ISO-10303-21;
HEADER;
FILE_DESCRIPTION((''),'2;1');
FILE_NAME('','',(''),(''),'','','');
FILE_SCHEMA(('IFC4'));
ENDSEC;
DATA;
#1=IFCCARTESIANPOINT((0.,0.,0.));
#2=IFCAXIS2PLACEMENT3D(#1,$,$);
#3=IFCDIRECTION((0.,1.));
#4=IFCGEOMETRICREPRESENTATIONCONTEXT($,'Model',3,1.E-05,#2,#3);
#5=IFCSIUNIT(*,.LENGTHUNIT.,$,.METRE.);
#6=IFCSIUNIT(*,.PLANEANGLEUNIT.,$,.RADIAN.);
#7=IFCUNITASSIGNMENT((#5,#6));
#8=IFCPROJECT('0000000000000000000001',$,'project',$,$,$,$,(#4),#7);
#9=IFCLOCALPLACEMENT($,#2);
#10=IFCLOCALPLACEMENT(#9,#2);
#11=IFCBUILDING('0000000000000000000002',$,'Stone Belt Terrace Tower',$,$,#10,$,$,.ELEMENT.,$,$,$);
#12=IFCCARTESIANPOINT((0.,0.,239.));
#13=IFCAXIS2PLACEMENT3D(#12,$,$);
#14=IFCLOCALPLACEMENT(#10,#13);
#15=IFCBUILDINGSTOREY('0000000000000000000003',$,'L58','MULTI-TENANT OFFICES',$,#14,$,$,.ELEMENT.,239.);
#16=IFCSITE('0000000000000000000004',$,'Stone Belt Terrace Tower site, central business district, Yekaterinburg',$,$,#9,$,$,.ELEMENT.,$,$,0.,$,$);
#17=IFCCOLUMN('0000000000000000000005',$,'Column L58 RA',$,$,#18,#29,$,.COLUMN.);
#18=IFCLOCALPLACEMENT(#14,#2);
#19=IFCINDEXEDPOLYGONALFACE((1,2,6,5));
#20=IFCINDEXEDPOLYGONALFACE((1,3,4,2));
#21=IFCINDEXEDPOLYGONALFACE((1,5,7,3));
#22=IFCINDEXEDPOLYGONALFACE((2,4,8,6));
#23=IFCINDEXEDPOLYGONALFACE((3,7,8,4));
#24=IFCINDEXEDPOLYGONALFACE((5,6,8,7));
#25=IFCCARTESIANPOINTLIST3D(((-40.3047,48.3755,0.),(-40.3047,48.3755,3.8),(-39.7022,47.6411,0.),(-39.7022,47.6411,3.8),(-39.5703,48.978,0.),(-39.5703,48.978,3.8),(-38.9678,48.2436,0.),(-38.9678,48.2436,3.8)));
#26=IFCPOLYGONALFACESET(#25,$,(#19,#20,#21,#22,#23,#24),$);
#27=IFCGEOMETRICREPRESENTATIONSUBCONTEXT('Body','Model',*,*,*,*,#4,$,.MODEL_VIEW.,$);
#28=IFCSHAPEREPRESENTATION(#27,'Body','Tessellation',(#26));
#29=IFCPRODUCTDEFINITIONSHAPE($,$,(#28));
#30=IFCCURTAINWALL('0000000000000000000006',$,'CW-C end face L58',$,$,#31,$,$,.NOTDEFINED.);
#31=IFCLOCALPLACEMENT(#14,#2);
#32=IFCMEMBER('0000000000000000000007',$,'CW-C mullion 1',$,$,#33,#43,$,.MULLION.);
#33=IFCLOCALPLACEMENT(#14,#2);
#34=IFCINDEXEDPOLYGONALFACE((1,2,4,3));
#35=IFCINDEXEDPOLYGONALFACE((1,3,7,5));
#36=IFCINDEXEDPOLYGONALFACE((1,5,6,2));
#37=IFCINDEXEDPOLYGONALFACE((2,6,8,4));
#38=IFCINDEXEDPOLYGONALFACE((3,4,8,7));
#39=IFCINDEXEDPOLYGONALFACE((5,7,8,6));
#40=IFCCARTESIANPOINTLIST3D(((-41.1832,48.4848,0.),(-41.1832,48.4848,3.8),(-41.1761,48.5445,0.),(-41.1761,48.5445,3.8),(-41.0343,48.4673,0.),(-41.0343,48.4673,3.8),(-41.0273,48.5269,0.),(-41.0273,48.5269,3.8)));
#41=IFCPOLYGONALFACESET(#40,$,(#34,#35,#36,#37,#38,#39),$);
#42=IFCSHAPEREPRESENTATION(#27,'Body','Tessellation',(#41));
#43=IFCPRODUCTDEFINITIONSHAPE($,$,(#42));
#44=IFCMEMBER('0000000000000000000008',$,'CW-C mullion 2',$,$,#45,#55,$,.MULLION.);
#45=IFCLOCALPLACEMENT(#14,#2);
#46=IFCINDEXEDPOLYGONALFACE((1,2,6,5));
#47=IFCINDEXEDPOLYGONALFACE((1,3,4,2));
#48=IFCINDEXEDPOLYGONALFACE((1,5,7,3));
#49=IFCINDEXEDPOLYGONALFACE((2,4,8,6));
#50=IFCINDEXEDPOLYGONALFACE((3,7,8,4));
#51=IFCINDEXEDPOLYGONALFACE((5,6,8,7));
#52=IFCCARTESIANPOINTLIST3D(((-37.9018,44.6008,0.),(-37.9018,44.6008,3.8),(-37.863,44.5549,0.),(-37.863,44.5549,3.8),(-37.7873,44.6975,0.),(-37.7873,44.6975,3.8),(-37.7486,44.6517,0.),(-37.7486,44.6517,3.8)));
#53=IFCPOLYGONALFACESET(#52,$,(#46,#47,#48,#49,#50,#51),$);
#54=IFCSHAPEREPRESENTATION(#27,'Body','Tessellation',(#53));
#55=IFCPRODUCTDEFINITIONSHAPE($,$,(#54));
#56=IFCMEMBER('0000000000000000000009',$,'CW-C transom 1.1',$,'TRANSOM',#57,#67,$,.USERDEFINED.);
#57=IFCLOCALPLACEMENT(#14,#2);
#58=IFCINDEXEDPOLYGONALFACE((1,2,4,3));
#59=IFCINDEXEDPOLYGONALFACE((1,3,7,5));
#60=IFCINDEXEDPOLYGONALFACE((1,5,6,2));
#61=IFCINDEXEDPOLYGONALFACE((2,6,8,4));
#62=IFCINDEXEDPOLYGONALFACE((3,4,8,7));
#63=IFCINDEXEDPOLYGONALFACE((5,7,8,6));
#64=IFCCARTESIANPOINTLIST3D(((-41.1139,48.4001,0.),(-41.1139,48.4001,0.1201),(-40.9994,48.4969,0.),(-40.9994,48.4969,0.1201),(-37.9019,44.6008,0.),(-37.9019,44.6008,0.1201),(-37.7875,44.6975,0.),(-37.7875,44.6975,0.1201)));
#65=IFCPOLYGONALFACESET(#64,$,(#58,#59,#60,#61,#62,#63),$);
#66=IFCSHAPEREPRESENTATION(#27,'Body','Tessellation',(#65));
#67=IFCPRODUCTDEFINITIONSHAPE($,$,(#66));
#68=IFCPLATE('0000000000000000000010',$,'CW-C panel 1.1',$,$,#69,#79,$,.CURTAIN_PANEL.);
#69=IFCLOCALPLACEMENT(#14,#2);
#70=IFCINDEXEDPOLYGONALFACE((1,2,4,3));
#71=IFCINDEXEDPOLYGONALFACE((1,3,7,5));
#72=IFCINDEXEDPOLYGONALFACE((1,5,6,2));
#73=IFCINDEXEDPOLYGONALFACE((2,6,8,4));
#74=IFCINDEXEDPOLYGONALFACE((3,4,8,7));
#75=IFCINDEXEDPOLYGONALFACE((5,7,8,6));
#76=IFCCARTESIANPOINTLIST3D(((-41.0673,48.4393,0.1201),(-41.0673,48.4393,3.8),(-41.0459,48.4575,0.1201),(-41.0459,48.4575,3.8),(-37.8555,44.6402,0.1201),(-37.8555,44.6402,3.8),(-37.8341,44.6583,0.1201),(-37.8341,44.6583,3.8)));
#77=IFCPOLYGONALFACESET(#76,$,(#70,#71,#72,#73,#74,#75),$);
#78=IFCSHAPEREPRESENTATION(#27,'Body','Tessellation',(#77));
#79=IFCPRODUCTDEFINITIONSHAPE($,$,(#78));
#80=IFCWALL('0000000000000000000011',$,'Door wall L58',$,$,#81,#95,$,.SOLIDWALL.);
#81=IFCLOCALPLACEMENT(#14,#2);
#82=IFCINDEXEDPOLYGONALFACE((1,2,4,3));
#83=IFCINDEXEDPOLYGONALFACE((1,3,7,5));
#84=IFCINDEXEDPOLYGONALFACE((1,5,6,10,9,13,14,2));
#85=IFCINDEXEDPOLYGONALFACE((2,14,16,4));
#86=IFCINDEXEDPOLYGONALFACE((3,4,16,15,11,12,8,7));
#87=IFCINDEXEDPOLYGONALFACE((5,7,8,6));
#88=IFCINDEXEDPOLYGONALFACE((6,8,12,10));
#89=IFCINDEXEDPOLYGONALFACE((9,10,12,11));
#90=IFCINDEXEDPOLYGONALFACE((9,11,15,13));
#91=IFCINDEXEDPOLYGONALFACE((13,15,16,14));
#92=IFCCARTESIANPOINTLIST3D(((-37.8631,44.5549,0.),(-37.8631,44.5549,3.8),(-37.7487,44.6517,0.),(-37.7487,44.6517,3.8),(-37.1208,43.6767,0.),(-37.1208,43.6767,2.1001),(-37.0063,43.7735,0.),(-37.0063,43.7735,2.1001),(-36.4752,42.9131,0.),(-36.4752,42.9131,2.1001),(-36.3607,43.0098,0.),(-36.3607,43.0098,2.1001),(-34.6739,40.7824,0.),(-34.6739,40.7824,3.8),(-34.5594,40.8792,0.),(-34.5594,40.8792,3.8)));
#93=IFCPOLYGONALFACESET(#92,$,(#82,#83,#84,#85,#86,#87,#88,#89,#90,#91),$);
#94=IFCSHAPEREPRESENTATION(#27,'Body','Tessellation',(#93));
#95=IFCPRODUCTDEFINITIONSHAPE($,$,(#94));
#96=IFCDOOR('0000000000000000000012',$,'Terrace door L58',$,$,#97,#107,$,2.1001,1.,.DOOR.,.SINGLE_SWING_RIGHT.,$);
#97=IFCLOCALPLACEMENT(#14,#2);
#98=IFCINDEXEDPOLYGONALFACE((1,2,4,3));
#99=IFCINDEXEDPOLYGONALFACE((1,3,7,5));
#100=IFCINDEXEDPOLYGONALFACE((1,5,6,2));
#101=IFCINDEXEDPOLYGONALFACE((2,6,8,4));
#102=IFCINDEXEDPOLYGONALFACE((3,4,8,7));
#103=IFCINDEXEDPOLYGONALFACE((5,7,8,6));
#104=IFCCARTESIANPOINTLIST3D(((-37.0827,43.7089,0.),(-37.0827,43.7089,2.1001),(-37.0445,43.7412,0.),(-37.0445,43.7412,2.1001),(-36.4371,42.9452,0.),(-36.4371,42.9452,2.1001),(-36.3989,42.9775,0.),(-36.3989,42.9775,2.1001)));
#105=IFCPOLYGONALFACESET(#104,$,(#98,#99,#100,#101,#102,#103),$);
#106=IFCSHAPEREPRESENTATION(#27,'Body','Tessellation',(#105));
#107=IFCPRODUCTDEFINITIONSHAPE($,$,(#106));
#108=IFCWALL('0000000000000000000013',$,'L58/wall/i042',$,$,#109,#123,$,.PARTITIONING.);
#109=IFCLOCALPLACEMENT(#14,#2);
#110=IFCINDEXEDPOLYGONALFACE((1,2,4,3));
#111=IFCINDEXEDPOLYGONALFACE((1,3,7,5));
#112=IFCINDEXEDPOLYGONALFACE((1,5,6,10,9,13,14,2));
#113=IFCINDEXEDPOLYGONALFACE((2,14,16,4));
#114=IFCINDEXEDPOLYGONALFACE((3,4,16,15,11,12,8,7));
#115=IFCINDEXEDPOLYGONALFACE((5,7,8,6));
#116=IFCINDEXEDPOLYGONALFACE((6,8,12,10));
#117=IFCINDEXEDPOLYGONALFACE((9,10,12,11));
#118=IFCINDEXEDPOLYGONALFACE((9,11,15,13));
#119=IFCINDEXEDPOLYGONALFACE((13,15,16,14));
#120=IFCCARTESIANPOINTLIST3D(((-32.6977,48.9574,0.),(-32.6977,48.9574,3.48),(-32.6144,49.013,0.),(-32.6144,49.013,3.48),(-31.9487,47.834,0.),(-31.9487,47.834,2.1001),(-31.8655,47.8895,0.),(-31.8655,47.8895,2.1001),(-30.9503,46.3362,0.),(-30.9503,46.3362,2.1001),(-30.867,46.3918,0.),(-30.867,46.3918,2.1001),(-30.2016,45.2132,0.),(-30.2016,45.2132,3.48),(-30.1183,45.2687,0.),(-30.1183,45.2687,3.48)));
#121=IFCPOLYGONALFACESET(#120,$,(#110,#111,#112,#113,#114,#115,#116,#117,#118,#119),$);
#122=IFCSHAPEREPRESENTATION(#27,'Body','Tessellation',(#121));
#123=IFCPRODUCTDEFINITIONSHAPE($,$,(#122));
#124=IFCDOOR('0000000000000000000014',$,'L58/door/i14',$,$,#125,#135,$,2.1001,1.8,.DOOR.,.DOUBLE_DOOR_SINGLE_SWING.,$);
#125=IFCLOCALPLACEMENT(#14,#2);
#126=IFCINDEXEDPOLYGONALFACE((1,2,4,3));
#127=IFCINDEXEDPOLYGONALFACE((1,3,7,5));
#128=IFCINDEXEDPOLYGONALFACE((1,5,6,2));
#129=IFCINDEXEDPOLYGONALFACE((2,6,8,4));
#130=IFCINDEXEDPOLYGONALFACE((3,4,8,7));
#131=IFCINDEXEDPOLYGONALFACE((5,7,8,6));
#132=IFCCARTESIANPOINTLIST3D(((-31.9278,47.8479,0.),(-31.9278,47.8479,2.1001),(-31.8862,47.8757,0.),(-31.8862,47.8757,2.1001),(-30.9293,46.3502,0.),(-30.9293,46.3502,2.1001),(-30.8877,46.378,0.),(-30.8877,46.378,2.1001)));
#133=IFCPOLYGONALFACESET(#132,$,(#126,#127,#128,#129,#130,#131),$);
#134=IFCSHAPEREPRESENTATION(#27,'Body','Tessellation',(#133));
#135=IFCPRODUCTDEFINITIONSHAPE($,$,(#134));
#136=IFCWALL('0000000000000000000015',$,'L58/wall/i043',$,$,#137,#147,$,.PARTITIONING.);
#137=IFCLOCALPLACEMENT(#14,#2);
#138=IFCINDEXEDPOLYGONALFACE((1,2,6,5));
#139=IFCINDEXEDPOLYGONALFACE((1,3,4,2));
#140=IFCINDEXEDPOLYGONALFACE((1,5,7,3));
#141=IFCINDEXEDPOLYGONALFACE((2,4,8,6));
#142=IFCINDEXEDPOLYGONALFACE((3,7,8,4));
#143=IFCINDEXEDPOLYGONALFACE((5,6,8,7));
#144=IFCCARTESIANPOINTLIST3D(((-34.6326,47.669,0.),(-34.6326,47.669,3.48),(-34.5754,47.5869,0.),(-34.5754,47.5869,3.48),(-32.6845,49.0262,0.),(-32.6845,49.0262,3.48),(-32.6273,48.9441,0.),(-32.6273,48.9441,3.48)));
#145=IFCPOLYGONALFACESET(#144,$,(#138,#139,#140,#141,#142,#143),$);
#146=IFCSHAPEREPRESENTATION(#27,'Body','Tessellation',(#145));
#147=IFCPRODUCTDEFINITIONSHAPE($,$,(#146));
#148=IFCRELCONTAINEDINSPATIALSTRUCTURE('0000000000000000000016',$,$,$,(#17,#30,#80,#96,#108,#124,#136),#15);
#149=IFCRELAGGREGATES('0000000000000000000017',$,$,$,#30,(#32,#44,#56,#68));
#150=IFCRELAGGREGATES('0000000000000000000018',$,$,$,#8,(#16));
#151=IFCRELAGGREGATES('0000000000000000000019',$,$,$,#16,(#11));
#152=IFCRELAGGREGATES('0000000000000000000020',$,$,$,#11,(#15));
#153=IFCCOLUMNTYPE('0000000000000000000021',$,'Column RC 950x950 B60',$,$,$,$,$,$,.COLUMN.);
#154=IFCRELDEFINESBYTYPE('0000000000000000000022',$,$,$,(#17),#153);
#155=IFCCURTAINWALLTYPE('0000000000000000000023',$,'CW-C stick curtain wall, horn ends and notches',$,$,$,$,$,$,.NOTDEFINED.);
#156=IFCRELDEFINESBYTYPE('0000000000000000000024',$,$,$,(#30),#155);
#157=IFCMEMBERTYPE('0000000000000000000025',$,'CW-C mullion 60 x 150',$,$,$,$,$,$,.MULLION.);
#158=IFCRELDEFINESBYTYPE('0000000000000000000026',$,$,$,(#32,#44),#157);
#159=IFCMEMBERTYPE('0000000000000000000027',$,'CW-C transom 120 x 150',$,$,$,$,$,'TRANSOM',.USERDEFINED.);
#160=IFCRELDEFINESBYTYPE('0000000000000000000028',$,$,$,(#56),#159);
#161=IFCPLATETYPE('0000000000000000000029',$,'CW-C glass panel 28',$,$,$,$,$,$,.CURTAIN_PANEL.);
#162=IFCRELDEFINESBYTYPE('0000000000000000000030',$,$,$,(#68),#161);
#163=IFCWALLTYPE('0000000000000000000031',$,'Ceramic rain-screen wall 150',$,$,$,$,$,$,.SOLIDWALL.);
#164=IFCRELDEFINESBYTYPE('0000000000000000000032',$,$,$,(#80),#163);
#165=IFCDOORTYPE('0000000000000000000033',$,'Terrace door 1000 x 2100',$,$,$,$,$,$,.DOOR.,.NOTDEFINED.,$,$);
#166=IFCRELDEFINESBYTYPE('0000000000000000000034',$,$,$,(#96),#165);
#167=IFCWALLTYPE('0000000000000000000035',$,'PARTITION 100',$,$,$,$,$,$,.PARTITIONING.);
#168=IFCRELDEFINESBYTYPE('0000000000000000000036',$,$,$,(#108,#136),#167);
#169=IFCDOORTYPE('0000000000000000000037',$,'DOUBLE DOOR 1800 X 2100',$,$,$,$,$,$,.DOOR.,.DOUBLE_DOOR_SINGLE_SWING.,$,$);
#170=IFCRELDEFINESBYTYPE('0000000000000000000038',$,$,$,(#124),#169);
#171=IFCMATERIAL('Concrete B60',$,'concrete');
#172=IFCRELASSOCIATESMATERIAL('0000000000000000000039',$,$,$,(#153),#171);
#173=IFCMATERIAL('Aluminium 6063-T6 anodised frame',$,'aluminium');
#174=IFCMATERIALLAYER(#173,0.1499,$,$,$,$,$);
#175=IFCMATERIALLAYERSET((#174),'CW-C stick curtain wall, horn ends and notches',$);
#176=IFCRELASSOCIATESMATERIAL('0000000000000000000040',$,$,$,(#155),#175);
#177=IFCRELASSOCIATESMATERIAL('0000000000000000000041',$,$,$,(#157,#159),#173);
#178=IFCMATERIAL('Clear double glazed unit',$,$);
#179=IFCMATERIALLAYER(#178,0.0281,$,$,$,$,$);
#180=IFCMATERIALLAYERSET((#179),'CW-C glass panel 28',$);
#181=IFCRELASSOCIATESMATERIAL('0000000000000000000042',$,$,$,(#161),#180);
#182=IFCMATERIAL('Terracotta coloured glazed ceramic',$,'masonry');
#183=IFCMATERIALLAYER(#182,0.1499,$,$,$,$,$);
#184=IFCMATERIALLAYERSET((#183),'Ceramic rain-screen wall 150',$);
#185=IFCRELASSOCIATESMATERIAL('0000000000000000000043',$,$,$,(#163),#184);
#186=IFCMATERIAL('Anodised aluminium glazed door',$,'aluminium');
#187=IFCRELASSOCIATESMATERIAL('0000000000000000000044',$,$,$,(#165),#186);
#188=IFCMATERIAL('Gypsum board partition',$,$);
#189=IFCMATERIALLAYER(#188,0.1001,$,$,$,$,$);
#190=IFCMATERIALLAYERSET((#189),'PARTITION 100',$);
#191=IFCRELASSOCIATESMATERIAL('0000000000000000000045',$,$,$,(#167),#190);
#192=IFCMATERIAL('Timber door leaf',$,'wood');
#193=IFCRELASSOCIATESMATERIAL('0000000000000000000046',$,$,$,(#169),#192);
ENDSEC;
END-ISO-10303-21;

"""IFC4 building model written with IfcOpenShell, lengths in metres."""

from ifc_helpers import new_model, si_unit, direction, frame, frame_2d, origin, origin_2d, place, context, subcontext, project, spatial, rectangle, extrude, material, layer, layer_set, material_profile, profile_set, type_object, element, fill, aggregate, save


model = new_model("IFC4")

# Units and contexts
model_context = context("Model", 3, precision=1e-05, world=origin(), true_north=direction((0.0, 1.0)))
body_context = subcontext(model_context, "Body", "Model", "MODEL_VIEW")
ifc_project = project(units=[si_unit("LENGTHUNIT", "METRE"), si_unit("PLANEANGLEUNIT", "RADIAN")], contexts=[model_context])

# Site, building, storey
site_placement = place(None, origin())
site = spatial("IfcSite", under=ifc_project, at=site_placement, Name="Stone Belt Terrace Tower site, central business district, Yekaterinburg", CompositionType="ELEMENT", RefElevation=0.0)
building_placement = place(site_placement, origin())
building = spatial("IfcBuilding", under=site, at=building_placement, Name="Stone Belt Terrace Tower", CompositionType="ELEMENT")
storey_placement = place(building_placement, frame((0.0, 0.0, 239.0)))
storey = spatial("IfcBuildingStorey", under=building, at=storey_placement, Name="L58", Description="MULTI-TENANT OFFICES", CompositionType="ELEMENT", Elevation=239.0)

# Column
ifc_material_1 = material(Name="Concrete B60", Category="concrete")
ifc_material_profile_1 = material_profile(ifc_material_1, rectangle(XDim=0.95, YDim=0.95, at=origin_2d()), Name="RC 950x950")
ifc_profile_set_1 = profile_set([ifc_material_profile_1], Name="Concrete B60")
column_type = type_object("IfcColumnType", Name="Column RC 950x950 B60", PredefinedType="COLUMN", material=ifc_profile_set_1)
column_placement = place(storey_placement, frame((-39.6362, 48.3096, 0.0), z_axis=(0.0, 0.0, 1.0), x_axis=(0.773091, 0.634295, 0.0)))
element("IfcColumn", 1, at=column_placement, inside=storey, type_object=column_type, Name="Column L58 RA", PredefinedType="COLUMN", context=body_context, shape_type="SweptSolid", body=[
    extrude(rectangle(XDim=0.95, YDim=0.95, at=origin_2d()), origin(), (0.0, 0.0, 1.0), 3.8),
])

# Curtain wall, members, plate
ifc_material_2 = material(Name="Aluminium 6063-T6 anodised frame", Category="aluminium")
ifc_layer_1 = layer(ifc_material_2, 0.1499)
ifc_layer_set_1 = layer_set([ifc_layer_1], Name="CW-C stick curtain wall, horn ends and notches")
curtain_wall_type = type_object("IfcCurtainWallType", Name="CW-C stick curtain wall, horn ends and notches", PredefinedType="NOTDEFINED", material=ifc_layer_set_1)
curtain_wall_placement = place(storey_placement, origin())
curtain_wall = element("IfcCurtainWall", 2, at=curtain_wall_placement, inside=storey, type_object=curtain_wall_type, Name="CW-C end face L58", PredefinedType="NOTDEFINED")
ifc_material_profile_2 = material_profile(ifc_material_2, rectangle(XDim=0.1499, YDim=0.0601, at=origin_2d()), Name="Aluminium 6063-T6 60x150")
ifc_profile_set_2 = profile_set([ifc_material_profile_2], Name="Aluminium 6063-T6 anodised frame")
member_type_1 = type_object("IfcMemberType", Name="CW-C mullion 60 x 150", PredefinedType="MULLION", material=ifc_profile_set_2)
member_1_placement = place(storey_placement, frame((-41.1052, 48.5059, 0.0), z_axis=(0.0, 0.0, 1.0), x_axis=(0.993115, -0.117145, 0.0)))
member_1 = element("IfcMember", 3, at=member_1_placement, type_object=member_type_1, Name="CW-C mullion 1", PredefinedType="MULLION", context=body_context, shape_type="SweptSolid", body=[
    extrude(rectangle(XDim=0.1499, YDim=0.0601, at=origin_2d()), origin(), (0.0, 0.0, 1.0), 3.8),
])
member_2_placement = place(storey_placement, frame((-37.8252, 44.6262, 0.0), z_axis=(0.0, 0.0, 1.0), x_axis=(0.76367, 0.645607, 0.0)))
member_2 = element("IfcMember", 4, at=member_2_placement, type_object=member_type_1, Name="CW-C mullion 2", PredefinedType="MULLION", context=body_context, shape_type="SweptSolid", body=[
    extrude(rectangle(XDim=0.1499, YDim=0.0601, at=origin_2d()), origin(), (0.0, 0.0, 1.0), 3.8),
])
ifc_material_profile_3 = material_profile(ifc_material_2, rectangle(XDim=0.1499, YDim=0.1201, at=origin_2d()), Name="Aluminium 6063-T6 150x120")
ifc_profile_set_3 = profile_set([ifc_material_profile_3], Name="Aluminium 6063-T6 anodised frame")
member_type_2 = type_object("IfcMemberType", Name="CW-C transom 120 x 150", ElementType="TRANSOM", PredefinedType="USERDEFINED", material=ifc_profile_set_3)
member_3_placement = place(storey_placement, frame((-41.0566, 48.4485, 0.0601), z_axis=(0.645603, -0.763673, 0.0), x_axis=(0.763673, 0.645603, 0.0)))
member_3 = element("IfcMember", 5, at=member_3_placement, type_object=member_type_2, Name="CW-C transom 1.1", ObjectType="TRANSOM", PredefinedType="USERDEFINED", context=body_context, shape_type="SweptSolid", body=[
    extrude(rectangle(XDim=0.1499, YDim=0.1201, at=origin_2d()), origin(), (0.0, 0.0, 1.0), 4.9751),
])
ifc_material_3 = material(Name="Clear double glazed unit")
ifc_layer_2 = layer(ifc_material_3, 0.0281)
ifc_layer_set_2 = layer_set([ifc_layer_2], Name="CW-C glass panel 28")
plate_type = type_object("IfcPlateType", Name="CW-C glass panel 28", PredefinedType="CURTAIN_PANEL", material=ifc_layer_set_2)
plate_placement = place(storey_placement, frame((-39.4507, 46.5488, 0.1201), z_axis=(0.0, 0.0, 1.0), x_axis=(0.645607, -0.76367, 0.0)))
plate = element("IfcPlate", 6, at=plate_placement, type_object=plate_type, Name="CW-C panel 1.1", PredefinedType="CURTAIN_PANEL", context=body_context, shape_type="SweptSolid", body=[
    extrude(rectangle(XDim=4.9749, YDim=0.0281, at=origin_2d()), origin(), (0.0, 0.0, 1.0), 3.6799),
])
aggregate(curtain_wall, [member_1, member_2, member_3, plate])

# Walls, openings, doors
ifc_material_4 = material(Name="Terracotta coloured glazed ceramic", Category="masonry")
ifc_layer_3 = layer(ifc_material_4, 0.1499)
ifc_layer_set_3 = layer_set([ifc_layer_3], Name="Ceramic rain-screen wall 150")
wall_type_1 = type_object("IfcWallType", Name="Ceramic rain-screen wall 150", PredefinedType="SOLIDWALL", material=ifc_layer_set_3)
wall_1_placement = place(storey_placement, frame((-37.8059, 44.6033, 0.0), z_axis=(0.0, 0.0, 1.0), x_axis=(0.645603, -0.763673, 0.0)))
wall_1 = element("IfcWall", 7, at=wall_1_placement, inside=storey, type_object=wall_type_1, Name="Door wall L58", PredefinedType="SOLIDWALL", context=body_context, shape_type="SweptSolid", body=[
    extrude(rectangle(XDim=4.9399, YDim=0.1499, at=frame_2d((2.47, 0.0))), origin(), (0.0, 0.0, 1.0), 3.8),
])
opening_1_placement = place(wall_1_placement, frame((1.1499, 0.0, 0.0)))
opening_1 = element("IfcOpeningElement", 8, at=opening_1_placement, cuts=wall_1, PredefinedType="OPENING", context=body_context, shape_type="SweptSolid", body=[
    extrude(rectangle(XDim=1.0, YDim=2.1001, at=frame_2d((0.5, 1.05))), frame((0.0, 0.085, 0.0), z_axis=(0.0, -1.0, 0.0), x_axis=(1.0, 0.0, 0.0)), (0.0, 0.0, 1.0), 0.1699),
])
ifc_material_5 = material(Name="Anodised aluminium glazed door", Category="aluminium")
door_type_1 = type_object("IfcDoorType", Name="Terrace door 1000 x 2100", OperationType="NOTDEFINED", PredefinedType="DOOR", material=ifc_material_5)
door_1_placement = place(opening_1_placement, origin())
door_1 = element("IfcDoor", 9, at=door_1_placement, inside=storey, type_object=door_type_1, Name="Terrace door L58", OperationType="SINGLE_SWING_RIGHT", OverallHeight=2.1001, OverallWidth=1.0, PredefinedType="DOOR", context=body_context, shape_type="SweptSolid", body=[
    extrude(rectangle(XDim=1.0, YDim=2.1001, at=frame_2d((0.5, 1.05))), frame((0.0, 0.0249, 0.0), z_axis=(0.0, -1.0, 0.0), x_axis=(1.0, 0.0, 0.0)), (0.0, 0.0, 1.0), 0.05),
])
fill(opening_1, door_1)
ifc_material_6 = material(Name="Gypsum board partition")
ifc_layer_4 = layer(ifc_material_6, 0.1001)
ifc_layer_set_4 = layer_set([ifc_layer_4], Name="PARTITION 100")
wall_type_2 = type_object("IfcWallType", Name="PARTITION 100", PredefinedType="PARTITIONING", material=ifc_layer_set_4)
wall_2_placement = place(storey_placement, frame((-30.1599, 45.241, 0.0), z_axis=(0.0, 0.0, 1.0), x_axis=(-0.5547, 0.83205, 0.0)))
wall_2 = element("IfcWall", 10, at=wall_2_placement, inside=storey, type_object=wall_type_2, Name="L58/wall/i042", PredefinedType="PARTITIONING", context=body_context, shape_type="SweptSolid", body=[
    extrude(rectangle(XDim=4.5, YDim=0.1001, at=frame_2d((2.25, 0.0))), origin(), (0.0, 0.0, 1.0), 3.48),
])
opening_2_placement = place(wall_2_placement, frame((1.3499, 0.0, 0.0)))
opening_2 = element("IfcOpeningElement", 11, at=opening_2_placement, cuts=wall_2, PredefinedType="OPENING", context=body_context, shape_type="SweptSolid", body=[
    extrude(rectangle(XDim=1.8, YDim=2.1001, at=frame_2d((0.8999, 1.05))), frame((0.0, 0.0601, 0.0), z_axis=(0.0, -1.0, 0.0), x_axis=(1.0, 0.0, 0.0)), (0.0, 0.0, 1.0), 0.1201),
])
ifc_material_7 = material(Name="Timber door leaf", Category="wood")
door_type_2 = type_object("IfcDoorType", Name="DOUBLE DOOR 1800 X 2100", OperationType="DOUBLE_DOOR_SINGLE_SWING", PredefinedType="DOOR", material=ifc_material_7)
door_2_placement = place(opening_2_placement, origin())
door_2 = element("IfcDoor", 12, at=door_2_placement, inside=storey, type_object=door_type_2, Name="L58/door/i14", OperationType="DOUBLE_DOOR_SINGLE_SWING", OverallHeight=2.1001, OverallWidth=1.8, PredefinedType="DOOR", context=body_context, shape_type="SweptSolid", body=[
    extrude(rectangle(XDim=1.8, YDim=2.1001, at=frame_2d((0.8999, 1.05))), frame((0.0, 0.0249, 0.0), z_axis=(0.0, -1.0, 0.0), x_axis=(1.0, 0.0, 0.0)), (0.0, 0.0, 1.0), 0.05),
])
fill(opening_2, door_2)

# Wall
wall_3_placement = place(storey_placement, frame((-32.656, 48.9851, 0.0), z_axis=(0.0, 0.0, 1.0), x_axis=(-0.8205, -0.571646, 0.0)))
element("IfcWall", 13, at=wall_3_placement, inside=storey, type_object=wall_type_2, Name="L58/wall/i043", PredefinedType="PARTITIONING", context=body_context, shape_type="SweptSolid", body=[
    extrude(rectangle(XDim=2.3743, YDim=0.1001, at=frame_2d((1.187, 0.0))), origin(), (0.0, 0.0, 1.0), 3.48),
])

save(model, "model.ifc")
